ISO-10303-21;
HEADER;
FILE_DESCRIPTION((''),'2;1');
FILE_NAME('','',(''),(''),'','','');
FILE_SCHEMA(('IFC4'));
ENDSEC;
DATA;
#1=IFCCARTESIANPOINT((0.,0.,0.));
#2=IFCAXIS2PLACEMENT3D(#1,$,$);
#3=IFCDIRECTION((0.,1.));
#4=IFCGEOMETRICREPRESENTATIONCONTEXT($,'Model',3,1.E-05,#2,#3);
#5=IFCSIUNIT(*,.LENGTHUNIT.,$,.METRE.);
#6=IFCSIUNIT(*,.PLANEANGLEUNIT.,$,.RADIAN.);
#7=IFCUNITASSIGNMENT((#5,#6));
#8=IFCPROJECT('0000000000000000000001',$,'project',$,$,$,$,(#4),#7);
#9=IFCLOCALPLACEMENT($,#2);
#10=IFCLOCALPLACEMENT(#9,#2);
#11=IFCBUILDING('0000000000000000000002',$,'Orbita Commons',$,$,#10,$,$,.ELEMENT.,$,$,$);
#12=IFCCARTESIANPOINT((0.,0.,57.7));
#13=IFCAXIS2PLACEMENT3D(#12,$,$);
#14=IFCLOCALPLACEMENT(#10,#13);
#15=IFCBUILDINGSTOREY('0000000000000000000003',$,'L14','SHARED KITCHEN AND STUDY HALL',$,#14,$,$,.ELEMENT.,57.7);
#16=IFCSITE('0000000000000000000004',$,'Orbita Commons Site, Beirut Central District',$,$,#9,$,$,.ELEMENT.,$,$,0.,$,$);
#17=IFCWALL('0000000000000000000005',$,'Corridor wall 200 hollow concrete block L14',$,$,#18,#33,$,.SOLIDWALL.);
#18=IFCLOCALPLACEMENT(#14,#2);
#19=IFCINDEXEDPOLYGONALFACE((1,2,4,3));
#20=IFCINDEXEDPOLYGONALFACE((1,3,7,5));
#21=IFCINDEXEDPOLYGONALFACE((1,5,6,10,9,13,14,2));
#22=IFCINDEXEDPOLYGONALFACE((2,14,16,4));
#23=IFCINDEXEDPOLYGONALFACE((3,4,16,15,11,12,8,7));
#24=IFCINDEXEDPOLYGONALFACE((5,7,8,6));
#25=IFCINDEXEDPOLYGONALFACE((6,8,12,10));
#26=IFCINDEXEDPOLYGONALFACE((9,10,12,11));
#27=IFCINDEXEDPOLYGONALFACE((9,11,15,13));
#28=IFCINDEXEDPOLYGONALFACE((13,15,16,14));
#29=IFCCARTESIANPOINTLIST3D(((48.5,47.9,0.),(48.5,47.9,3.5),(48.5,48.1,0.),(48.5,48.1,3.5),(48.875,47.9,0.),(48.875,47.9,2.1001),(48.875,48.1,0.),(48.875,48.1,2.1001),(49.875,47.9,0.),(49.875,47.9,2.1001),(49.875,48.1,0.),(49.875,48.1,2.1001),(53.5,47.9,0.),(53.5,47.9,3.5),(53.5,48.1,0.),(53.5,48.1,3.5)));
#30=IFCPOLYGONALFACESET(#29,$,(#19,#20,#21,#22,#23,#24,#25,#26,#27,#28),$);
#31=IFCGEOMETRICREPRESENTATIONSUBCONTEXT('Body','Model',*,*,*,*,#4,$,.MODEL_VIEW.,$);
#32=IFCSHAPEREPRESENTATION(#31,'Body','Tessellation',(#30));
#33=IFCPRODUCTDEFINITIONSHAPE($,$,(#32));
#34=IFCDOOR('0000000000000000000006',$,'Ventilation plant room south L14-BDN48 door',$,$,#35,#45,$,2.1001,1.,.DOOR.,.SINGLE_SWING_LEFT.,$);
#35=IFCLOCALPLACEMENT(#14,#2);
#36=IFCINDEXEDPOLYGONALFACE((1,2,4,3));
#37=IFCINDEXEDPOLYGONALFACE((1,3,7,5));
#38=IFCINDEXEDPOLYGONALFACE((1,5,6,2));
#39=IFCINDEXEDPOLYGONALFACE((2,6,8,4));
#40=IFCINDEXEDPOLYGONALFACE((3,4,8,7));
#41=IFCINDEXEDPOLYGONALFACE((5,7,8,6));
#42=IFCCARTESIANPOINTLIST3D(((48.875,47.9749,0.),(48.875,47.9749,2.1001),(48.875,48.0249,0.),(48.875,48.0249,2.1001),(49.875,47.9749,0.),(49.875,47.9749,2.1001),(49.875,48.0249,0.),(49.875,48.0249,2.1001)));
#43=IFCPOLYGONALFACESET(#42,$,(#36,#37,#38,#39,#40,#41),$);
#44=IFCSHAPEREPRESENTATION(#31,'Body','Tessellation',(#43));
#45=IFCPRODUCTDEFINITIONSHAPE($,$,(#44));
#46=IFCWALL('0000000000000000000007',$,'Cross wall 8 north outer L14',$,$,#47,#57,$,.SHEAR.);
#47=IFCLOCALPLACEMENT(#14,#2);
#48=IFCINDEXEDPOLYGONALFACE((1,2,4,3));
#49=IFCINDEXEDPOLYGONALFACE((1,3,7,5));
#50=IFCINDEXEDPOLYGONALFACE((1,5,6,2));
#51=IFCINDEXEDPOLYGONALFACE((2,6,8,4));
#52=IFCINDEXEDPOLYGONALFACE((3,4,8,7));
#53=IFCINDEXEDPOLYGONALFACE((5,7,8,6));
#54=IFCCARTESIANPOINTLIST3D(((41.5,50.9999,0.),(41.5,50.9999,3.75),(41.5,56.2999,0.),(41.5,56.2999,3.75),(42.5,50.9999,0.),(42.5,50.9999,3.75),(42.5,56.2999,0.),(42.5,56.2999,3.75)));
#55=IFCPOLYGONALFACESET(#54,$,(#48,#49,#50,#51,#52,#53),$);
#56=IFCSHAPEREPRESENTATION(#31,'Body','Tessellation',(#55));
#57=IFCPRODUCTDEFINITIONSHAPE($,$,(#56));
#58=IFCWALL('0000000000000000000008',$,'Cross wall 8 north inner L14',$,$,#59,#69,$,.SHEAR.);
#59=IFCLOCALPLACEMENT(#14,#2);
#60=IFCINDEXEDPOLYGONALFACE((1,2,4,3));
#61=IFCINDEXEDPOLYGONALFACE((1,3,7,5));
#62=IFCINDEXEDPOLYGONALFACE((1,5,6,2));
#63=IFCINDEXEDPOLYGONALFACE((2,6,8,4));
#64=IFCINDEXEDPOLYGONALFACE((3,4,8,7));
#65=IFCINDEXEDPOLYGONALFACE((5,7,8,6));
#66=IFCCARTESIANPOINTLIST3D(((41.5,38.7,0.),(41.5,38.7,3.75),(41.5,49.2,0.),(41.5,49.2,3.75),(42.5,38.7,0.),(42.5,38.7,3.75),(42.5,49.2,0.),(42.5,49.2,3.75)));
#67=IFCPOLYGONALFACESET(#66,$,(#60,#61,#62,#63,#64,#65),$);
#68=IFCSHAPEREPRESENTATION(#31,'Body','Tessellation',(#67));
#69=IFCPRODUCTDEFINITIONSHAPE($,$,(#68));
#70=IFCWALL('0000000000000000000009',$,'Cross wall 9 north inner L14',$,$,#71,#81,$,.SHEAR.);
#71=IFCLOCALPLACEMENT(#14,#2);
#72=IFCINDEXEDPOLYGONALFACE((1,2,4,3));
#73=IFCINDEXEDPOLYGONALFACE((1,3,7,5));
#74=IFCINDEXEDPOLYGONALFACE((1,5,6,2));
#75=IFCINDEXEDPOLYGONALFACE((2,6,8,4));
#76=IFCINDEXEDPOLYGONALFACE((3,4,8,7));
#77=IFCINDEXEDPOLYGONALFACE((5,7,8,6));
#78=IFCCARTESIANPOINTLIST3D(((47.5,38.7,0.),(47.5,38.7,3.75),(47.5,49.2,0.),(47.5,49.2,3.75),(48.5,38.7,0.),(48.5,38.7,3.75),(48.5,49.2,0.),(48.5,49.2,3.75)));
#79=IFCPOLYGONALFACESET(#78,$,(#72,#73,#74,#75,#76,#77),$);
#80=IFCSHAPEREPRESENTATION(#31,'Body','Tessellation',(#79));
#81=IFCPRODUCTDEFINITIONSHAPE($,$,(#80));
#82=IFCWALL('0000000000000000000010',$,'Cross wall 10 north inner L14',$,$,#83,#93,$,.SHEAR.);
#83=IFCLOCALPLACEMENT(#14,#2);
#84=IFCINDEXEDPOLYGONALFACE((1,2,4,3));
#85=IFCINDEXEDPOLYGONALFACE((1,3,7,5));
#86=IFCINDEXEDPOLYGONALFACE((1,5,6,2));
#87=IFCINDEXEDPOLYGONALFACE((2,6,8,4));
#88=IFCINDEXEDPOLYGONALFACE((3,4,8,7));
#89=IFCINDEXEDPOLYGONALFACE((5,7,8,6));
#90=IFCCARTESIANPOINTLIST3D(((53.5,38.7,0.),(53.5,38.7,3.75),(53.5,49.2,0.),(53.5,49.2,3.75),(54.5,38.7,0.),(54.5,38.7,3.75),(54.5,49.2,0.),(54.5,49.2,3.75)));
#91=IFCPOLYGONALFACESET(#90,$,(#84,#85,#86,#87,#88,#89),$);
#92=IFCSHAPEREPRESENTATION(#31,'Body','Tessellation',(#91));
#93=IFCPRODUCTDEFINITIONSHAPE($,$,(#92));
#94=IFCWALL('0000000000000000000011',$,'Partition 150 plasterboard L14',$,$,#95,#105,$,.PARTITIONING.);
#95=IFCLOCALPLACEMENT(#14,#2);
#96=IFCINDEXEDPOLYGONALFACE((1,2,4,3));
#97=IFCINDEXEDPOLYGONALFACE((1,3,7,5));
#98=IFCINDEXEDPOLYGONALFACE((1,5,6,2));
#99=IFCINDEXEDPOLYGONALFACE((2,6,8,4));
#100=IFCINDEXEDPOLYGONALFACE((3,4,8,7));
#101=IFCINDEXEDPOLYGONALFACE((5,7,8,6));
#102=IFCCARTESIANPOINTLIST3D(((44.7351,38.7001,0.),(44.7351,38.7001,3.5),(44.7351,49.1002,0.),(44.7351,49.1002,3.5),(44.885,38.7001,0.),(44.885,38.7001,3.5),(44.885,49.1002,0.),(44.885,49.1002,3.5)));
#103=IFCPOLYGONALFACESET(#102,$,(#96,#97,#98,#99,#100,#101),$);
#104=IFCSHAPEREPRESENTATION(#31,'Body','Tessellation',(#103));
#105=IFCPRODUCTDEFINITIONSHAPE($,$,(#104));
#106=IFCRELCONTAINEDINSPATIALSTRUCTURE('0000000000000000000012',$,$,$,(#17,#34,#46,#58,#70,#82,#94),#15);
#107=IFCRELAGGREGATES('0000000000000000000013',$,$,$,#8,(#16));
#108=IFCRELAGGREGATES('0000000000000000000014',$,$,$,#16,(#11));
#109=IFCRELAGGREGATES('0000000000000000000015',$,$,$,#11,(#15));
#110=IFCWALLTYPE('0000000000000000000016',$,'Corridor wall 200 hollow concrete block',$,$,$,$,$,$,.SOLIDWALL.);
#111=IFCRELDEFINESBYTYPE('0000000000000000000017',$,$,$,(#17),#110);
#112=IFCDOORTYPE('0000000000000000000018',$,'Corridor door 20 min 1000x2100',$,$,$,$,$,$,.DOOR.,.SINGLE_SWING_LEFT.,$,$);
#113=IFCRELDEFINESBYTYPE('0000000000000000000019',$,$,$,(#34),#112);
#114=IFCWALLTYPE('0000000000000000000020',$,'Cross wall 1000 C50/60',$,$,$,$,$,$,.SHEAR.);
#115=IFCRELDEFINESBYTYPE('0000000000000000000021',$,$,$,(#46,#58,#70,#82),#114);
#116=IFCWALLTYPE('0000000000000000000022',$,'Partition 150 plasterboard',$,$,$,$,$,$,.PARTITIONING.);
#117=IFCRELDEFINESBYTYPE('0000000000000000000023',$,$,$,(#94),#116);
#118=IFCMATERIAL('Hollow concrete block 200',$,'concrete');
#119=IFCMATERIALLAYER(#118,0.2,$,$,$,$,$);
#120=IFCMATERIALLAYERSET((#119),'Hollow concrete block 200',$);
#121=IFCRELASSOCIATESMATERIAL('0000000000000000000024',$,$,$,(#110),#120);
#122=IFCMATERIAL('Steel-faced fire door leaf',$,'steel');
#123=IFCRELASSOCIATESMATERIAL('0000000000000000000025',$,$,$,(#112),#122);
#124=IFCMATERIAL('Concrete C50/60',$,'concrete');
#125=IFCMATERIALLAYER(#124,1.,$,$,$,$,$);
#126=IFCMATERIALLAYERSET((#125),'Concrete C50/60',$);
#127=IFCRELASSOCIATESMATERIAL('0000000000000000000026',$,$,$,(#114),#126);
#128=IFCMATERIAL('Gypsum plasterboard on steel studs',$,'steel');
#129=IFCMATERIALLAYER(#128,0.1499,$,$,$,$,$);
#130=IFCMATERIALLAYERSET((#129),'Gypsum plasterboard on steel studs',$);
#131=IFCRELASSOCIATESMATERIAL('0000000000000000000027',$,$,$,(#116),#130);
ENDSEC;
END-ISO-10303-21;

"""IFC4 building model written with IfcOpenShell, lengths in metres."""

from ifc_helpers import new_model, si_unit, direction, frame, frame_2d, origin, place, context, subcontext, project, spatial, rectangle, extrude, material, layer, layer_set, type_object, element, fill, save


model = new_model("IFC4")

# Units and contexts
model_context = context("Model", 3, precision=1e-05, world=origin(), true_north=direction((0.0, 1.0)))
body_context = subcontext(model_context, "Body", "Model", "MODEL_VIEW")
ifc_project = project(units=[si_unit("LENGTHUNIT", "METRE"), si_unit("PLANEANGLEUNIT", "RADIAN")], contexts=[model_context])

# Site, building, storey
site_placement = place(None, origin())
site = spatial("IfcSite", under=ifc_project, at=site_placement, Name="Orbita Commons Site, Beirut Central District", CompositionType="ELEMENT", RefElevation=0.0)
building_placement = place(site_placement, origin())
building = spatial("IfcBuilding", under=site, at=building_placement, Name="Orbita Commons", CompositionType="ELEMENT")
storey_placement = place(building_placement, frame((0.0, 0.0, 57.7)))
storey = spatial("IfcBuildingStorey", under=building, at=storey_placement, Name="L14", Description="SHARED KITCHEN AND STUDY HALL", CompositionType="ELEMENT", Elevation=57.7)

# Shared definitions
ifc_material_1 = material(Name="Hollow concrete block 200", Category="concrete")
ifc_layer_1 = layer(ifc_material_1, 0.2)
ifc_layer_set_1 = layer_set([ifc_layer_1], Name="Hollow concrete block 200")
wall_type_1 = type_object("IfcWallType", Name="Corridor wall 200 hollow concrete block", PredefinedType="SOLIDWALL", material=ifc_layer_set_1)

# Wall, opening, door
ifc_material_2 = material(Name="Steel-faced fire door leaf", Category="steel")
door_type_1 = type_object("IfcDoorType", Name="Corridor door 20 min 1000x2100", OperationType="SINGLE_SWING_LEFT", PredefinedType="DOOR", material=ifc_material_2)
wall_1_placement = place(storey_placement, frame((48.5, 48.0, 0.0), z_axis=(0.0, 0.0, 1.0), x_axis=(1.0, 0.0, 0.0)))
wall_1 = element("IfcWall", 1, at=wall_1_placement, inside=storey, type_object=wall_type_1, Name="Corridor wall 200 hollow concrete block L14", PredefinedType="SOLIDWALL", context=body_context, shape_type="SweptSolid", body=[
    extrude(rectangle(XDim=5.0, YDim=0.2, at=frame_2d((2.5, 0.0))), origin(), (0.0, 0.0, 1.0), 3.5),
])
opening_1_placement = place(wall_1_placement, frame((0.375, 0.0, 0.0)))
opening_1 = element("IfcOpeningElement", 2, at=opening_1_placement, cuts=wall_1, PredefinedType="OPENING", context=body_context, shape_type="SweptSolid", body=[
    extrude(rectangle(XDim=1.0, YDim=2.1001, at=frame_2d((0.5, 1.05))), frame((0.0, 0.1099, 0.0), z_axis=(0.0, -1.0, 0.0), x_axis=(1.0, 0.0, 0.0)), (0.0, 0.0, 1.0), 0.22),
])
door_1_placement = place(opening_1_placement, origin())
door_1 = element("IfcDoor", 3, at=door_1_placement, inside=storey, type_object=door_type_1, Name="Ventilation plant room south L14-BDN48 door", OperationType="SINGLE_SWING_LEFT", OverallHeight=2.1001, OverallWidth=1.0, PredefinedType="DOOR", context=body_context, shape_type="SweptSolid", body=[
    extrude(rectangle(XDim=1.0, YDim=2.1001, at=frame_2d((0.5, 1.05))), frame((0.0, 0.0249, 0.0), z_axis=(0.0, -1.0, 0.0), x_axis=(1.0, 0.0, 0.0)), (0.0, 0.0, 1.0), 0.05),
])
fill(opening_1, door_1)

# Walls
ifc_material_3 = material(Name="Concrete C50/60", Category="concrete")
ifc_layer_2 = layer(ifc_material_3, 1.0)
ifc_layer_set_2 = layer_set([ifc_layer_2], Name="Concrete C50/60")
wall_type_2 = type_object("IfcWallType", Name="Cross wall 1000 C50/60", PredefinedType="SHEAR", material=ifc_layer_set_2)
wall_2_placement = place(storey_placement, frame((42.0, 51.0, 0.0), z_axis=(0.0, 0.0, 1.0), x_axis=(0.0, 1.0, 0.0)))
element("IfcWall", 4, at=wall_2_placement, inside=storey, type_object=wall_type_2, Name="Cross wall 8 north outer L14", PredefinedType="SHEAR", context=body_context, shape_type="SweptSolid", body=[
    extrude(rectangle(XDim=5.3, YDim=1.0, at=frame_2d((2.6499, 0.0))), origin(), (0.0, 0.0, 1.0), 3.75),
])
for number, where, z_axis, x_axis, name in (
    (5, (42.0, 38.7, 0.0), (0.0, 0.0, 1.0), (0.0, 1.0, 0.0), "Cross wall 8 north inner L14"),
    (6, (48.0, 38.7, 0.0), (0.0, 0.0, 1.0), (0.0, 1.0, 0.0), "Cross wall 9 north inner L14"),
    (7, (54.0, 38.7, 0.0), (0.0, 0.0, 1.0), (0.0, 1.0, 0.0), "Cross wall 10 north inner L14"),
):
    element("IfcWall", number, at=place(storey_placement, frame(where, z_axis=z_axis, x_axis=x_axis)), inside=storey, type_object=wall_type_2, Name=name, PredefinedType="SHEAR", context=body_context, shape_type="SweptSolid", body=[
        extrude(rectangle(XDim=10.5, YDim=1.0, at=frame_2d((5.25, 0.0))), origin(), (0.0, 0.0, 1.0), 3.75),
    ])
ifc_material_4 = material(Name="Gypsum plasterboard on steel studs", Category="steel")
ifc_layer_3 = layer(ifc_material_4, 0.1499)
ifc_layer_set_3 = layer_set([ifc_layer_3], Name="Gypsum plasterboard on steel studs")
wall_type_3 = type_object("IfcWallType", Name="Partition 150 plasterboard", PredefinedType="PARTITIONING", material=ifc_layer_set_3)
wall_3_placement = place(storey_placement, frame((44.8101, 38.7, 0.0), z_axis=(0.0, 0.0, 1.0), x_axis=(0.0, 1.0, 0.0)))
element("IfcWall", 8, at=wall_3_placement, inside=storey, type_object=wall_type_3, Name="Partition 150 plasterboard L14", PredefinedType="PARTITIONING", context=body_context, shape_type="SweptSolid", body=[
    extrude(rectangle(XDim=10.4001, YDim=0.1499, at=frame_2d((5.2002, 0.0))), origin(), (0.0, 0.0, 1.0), 3.5),
])

save(model, "model.ifc")
